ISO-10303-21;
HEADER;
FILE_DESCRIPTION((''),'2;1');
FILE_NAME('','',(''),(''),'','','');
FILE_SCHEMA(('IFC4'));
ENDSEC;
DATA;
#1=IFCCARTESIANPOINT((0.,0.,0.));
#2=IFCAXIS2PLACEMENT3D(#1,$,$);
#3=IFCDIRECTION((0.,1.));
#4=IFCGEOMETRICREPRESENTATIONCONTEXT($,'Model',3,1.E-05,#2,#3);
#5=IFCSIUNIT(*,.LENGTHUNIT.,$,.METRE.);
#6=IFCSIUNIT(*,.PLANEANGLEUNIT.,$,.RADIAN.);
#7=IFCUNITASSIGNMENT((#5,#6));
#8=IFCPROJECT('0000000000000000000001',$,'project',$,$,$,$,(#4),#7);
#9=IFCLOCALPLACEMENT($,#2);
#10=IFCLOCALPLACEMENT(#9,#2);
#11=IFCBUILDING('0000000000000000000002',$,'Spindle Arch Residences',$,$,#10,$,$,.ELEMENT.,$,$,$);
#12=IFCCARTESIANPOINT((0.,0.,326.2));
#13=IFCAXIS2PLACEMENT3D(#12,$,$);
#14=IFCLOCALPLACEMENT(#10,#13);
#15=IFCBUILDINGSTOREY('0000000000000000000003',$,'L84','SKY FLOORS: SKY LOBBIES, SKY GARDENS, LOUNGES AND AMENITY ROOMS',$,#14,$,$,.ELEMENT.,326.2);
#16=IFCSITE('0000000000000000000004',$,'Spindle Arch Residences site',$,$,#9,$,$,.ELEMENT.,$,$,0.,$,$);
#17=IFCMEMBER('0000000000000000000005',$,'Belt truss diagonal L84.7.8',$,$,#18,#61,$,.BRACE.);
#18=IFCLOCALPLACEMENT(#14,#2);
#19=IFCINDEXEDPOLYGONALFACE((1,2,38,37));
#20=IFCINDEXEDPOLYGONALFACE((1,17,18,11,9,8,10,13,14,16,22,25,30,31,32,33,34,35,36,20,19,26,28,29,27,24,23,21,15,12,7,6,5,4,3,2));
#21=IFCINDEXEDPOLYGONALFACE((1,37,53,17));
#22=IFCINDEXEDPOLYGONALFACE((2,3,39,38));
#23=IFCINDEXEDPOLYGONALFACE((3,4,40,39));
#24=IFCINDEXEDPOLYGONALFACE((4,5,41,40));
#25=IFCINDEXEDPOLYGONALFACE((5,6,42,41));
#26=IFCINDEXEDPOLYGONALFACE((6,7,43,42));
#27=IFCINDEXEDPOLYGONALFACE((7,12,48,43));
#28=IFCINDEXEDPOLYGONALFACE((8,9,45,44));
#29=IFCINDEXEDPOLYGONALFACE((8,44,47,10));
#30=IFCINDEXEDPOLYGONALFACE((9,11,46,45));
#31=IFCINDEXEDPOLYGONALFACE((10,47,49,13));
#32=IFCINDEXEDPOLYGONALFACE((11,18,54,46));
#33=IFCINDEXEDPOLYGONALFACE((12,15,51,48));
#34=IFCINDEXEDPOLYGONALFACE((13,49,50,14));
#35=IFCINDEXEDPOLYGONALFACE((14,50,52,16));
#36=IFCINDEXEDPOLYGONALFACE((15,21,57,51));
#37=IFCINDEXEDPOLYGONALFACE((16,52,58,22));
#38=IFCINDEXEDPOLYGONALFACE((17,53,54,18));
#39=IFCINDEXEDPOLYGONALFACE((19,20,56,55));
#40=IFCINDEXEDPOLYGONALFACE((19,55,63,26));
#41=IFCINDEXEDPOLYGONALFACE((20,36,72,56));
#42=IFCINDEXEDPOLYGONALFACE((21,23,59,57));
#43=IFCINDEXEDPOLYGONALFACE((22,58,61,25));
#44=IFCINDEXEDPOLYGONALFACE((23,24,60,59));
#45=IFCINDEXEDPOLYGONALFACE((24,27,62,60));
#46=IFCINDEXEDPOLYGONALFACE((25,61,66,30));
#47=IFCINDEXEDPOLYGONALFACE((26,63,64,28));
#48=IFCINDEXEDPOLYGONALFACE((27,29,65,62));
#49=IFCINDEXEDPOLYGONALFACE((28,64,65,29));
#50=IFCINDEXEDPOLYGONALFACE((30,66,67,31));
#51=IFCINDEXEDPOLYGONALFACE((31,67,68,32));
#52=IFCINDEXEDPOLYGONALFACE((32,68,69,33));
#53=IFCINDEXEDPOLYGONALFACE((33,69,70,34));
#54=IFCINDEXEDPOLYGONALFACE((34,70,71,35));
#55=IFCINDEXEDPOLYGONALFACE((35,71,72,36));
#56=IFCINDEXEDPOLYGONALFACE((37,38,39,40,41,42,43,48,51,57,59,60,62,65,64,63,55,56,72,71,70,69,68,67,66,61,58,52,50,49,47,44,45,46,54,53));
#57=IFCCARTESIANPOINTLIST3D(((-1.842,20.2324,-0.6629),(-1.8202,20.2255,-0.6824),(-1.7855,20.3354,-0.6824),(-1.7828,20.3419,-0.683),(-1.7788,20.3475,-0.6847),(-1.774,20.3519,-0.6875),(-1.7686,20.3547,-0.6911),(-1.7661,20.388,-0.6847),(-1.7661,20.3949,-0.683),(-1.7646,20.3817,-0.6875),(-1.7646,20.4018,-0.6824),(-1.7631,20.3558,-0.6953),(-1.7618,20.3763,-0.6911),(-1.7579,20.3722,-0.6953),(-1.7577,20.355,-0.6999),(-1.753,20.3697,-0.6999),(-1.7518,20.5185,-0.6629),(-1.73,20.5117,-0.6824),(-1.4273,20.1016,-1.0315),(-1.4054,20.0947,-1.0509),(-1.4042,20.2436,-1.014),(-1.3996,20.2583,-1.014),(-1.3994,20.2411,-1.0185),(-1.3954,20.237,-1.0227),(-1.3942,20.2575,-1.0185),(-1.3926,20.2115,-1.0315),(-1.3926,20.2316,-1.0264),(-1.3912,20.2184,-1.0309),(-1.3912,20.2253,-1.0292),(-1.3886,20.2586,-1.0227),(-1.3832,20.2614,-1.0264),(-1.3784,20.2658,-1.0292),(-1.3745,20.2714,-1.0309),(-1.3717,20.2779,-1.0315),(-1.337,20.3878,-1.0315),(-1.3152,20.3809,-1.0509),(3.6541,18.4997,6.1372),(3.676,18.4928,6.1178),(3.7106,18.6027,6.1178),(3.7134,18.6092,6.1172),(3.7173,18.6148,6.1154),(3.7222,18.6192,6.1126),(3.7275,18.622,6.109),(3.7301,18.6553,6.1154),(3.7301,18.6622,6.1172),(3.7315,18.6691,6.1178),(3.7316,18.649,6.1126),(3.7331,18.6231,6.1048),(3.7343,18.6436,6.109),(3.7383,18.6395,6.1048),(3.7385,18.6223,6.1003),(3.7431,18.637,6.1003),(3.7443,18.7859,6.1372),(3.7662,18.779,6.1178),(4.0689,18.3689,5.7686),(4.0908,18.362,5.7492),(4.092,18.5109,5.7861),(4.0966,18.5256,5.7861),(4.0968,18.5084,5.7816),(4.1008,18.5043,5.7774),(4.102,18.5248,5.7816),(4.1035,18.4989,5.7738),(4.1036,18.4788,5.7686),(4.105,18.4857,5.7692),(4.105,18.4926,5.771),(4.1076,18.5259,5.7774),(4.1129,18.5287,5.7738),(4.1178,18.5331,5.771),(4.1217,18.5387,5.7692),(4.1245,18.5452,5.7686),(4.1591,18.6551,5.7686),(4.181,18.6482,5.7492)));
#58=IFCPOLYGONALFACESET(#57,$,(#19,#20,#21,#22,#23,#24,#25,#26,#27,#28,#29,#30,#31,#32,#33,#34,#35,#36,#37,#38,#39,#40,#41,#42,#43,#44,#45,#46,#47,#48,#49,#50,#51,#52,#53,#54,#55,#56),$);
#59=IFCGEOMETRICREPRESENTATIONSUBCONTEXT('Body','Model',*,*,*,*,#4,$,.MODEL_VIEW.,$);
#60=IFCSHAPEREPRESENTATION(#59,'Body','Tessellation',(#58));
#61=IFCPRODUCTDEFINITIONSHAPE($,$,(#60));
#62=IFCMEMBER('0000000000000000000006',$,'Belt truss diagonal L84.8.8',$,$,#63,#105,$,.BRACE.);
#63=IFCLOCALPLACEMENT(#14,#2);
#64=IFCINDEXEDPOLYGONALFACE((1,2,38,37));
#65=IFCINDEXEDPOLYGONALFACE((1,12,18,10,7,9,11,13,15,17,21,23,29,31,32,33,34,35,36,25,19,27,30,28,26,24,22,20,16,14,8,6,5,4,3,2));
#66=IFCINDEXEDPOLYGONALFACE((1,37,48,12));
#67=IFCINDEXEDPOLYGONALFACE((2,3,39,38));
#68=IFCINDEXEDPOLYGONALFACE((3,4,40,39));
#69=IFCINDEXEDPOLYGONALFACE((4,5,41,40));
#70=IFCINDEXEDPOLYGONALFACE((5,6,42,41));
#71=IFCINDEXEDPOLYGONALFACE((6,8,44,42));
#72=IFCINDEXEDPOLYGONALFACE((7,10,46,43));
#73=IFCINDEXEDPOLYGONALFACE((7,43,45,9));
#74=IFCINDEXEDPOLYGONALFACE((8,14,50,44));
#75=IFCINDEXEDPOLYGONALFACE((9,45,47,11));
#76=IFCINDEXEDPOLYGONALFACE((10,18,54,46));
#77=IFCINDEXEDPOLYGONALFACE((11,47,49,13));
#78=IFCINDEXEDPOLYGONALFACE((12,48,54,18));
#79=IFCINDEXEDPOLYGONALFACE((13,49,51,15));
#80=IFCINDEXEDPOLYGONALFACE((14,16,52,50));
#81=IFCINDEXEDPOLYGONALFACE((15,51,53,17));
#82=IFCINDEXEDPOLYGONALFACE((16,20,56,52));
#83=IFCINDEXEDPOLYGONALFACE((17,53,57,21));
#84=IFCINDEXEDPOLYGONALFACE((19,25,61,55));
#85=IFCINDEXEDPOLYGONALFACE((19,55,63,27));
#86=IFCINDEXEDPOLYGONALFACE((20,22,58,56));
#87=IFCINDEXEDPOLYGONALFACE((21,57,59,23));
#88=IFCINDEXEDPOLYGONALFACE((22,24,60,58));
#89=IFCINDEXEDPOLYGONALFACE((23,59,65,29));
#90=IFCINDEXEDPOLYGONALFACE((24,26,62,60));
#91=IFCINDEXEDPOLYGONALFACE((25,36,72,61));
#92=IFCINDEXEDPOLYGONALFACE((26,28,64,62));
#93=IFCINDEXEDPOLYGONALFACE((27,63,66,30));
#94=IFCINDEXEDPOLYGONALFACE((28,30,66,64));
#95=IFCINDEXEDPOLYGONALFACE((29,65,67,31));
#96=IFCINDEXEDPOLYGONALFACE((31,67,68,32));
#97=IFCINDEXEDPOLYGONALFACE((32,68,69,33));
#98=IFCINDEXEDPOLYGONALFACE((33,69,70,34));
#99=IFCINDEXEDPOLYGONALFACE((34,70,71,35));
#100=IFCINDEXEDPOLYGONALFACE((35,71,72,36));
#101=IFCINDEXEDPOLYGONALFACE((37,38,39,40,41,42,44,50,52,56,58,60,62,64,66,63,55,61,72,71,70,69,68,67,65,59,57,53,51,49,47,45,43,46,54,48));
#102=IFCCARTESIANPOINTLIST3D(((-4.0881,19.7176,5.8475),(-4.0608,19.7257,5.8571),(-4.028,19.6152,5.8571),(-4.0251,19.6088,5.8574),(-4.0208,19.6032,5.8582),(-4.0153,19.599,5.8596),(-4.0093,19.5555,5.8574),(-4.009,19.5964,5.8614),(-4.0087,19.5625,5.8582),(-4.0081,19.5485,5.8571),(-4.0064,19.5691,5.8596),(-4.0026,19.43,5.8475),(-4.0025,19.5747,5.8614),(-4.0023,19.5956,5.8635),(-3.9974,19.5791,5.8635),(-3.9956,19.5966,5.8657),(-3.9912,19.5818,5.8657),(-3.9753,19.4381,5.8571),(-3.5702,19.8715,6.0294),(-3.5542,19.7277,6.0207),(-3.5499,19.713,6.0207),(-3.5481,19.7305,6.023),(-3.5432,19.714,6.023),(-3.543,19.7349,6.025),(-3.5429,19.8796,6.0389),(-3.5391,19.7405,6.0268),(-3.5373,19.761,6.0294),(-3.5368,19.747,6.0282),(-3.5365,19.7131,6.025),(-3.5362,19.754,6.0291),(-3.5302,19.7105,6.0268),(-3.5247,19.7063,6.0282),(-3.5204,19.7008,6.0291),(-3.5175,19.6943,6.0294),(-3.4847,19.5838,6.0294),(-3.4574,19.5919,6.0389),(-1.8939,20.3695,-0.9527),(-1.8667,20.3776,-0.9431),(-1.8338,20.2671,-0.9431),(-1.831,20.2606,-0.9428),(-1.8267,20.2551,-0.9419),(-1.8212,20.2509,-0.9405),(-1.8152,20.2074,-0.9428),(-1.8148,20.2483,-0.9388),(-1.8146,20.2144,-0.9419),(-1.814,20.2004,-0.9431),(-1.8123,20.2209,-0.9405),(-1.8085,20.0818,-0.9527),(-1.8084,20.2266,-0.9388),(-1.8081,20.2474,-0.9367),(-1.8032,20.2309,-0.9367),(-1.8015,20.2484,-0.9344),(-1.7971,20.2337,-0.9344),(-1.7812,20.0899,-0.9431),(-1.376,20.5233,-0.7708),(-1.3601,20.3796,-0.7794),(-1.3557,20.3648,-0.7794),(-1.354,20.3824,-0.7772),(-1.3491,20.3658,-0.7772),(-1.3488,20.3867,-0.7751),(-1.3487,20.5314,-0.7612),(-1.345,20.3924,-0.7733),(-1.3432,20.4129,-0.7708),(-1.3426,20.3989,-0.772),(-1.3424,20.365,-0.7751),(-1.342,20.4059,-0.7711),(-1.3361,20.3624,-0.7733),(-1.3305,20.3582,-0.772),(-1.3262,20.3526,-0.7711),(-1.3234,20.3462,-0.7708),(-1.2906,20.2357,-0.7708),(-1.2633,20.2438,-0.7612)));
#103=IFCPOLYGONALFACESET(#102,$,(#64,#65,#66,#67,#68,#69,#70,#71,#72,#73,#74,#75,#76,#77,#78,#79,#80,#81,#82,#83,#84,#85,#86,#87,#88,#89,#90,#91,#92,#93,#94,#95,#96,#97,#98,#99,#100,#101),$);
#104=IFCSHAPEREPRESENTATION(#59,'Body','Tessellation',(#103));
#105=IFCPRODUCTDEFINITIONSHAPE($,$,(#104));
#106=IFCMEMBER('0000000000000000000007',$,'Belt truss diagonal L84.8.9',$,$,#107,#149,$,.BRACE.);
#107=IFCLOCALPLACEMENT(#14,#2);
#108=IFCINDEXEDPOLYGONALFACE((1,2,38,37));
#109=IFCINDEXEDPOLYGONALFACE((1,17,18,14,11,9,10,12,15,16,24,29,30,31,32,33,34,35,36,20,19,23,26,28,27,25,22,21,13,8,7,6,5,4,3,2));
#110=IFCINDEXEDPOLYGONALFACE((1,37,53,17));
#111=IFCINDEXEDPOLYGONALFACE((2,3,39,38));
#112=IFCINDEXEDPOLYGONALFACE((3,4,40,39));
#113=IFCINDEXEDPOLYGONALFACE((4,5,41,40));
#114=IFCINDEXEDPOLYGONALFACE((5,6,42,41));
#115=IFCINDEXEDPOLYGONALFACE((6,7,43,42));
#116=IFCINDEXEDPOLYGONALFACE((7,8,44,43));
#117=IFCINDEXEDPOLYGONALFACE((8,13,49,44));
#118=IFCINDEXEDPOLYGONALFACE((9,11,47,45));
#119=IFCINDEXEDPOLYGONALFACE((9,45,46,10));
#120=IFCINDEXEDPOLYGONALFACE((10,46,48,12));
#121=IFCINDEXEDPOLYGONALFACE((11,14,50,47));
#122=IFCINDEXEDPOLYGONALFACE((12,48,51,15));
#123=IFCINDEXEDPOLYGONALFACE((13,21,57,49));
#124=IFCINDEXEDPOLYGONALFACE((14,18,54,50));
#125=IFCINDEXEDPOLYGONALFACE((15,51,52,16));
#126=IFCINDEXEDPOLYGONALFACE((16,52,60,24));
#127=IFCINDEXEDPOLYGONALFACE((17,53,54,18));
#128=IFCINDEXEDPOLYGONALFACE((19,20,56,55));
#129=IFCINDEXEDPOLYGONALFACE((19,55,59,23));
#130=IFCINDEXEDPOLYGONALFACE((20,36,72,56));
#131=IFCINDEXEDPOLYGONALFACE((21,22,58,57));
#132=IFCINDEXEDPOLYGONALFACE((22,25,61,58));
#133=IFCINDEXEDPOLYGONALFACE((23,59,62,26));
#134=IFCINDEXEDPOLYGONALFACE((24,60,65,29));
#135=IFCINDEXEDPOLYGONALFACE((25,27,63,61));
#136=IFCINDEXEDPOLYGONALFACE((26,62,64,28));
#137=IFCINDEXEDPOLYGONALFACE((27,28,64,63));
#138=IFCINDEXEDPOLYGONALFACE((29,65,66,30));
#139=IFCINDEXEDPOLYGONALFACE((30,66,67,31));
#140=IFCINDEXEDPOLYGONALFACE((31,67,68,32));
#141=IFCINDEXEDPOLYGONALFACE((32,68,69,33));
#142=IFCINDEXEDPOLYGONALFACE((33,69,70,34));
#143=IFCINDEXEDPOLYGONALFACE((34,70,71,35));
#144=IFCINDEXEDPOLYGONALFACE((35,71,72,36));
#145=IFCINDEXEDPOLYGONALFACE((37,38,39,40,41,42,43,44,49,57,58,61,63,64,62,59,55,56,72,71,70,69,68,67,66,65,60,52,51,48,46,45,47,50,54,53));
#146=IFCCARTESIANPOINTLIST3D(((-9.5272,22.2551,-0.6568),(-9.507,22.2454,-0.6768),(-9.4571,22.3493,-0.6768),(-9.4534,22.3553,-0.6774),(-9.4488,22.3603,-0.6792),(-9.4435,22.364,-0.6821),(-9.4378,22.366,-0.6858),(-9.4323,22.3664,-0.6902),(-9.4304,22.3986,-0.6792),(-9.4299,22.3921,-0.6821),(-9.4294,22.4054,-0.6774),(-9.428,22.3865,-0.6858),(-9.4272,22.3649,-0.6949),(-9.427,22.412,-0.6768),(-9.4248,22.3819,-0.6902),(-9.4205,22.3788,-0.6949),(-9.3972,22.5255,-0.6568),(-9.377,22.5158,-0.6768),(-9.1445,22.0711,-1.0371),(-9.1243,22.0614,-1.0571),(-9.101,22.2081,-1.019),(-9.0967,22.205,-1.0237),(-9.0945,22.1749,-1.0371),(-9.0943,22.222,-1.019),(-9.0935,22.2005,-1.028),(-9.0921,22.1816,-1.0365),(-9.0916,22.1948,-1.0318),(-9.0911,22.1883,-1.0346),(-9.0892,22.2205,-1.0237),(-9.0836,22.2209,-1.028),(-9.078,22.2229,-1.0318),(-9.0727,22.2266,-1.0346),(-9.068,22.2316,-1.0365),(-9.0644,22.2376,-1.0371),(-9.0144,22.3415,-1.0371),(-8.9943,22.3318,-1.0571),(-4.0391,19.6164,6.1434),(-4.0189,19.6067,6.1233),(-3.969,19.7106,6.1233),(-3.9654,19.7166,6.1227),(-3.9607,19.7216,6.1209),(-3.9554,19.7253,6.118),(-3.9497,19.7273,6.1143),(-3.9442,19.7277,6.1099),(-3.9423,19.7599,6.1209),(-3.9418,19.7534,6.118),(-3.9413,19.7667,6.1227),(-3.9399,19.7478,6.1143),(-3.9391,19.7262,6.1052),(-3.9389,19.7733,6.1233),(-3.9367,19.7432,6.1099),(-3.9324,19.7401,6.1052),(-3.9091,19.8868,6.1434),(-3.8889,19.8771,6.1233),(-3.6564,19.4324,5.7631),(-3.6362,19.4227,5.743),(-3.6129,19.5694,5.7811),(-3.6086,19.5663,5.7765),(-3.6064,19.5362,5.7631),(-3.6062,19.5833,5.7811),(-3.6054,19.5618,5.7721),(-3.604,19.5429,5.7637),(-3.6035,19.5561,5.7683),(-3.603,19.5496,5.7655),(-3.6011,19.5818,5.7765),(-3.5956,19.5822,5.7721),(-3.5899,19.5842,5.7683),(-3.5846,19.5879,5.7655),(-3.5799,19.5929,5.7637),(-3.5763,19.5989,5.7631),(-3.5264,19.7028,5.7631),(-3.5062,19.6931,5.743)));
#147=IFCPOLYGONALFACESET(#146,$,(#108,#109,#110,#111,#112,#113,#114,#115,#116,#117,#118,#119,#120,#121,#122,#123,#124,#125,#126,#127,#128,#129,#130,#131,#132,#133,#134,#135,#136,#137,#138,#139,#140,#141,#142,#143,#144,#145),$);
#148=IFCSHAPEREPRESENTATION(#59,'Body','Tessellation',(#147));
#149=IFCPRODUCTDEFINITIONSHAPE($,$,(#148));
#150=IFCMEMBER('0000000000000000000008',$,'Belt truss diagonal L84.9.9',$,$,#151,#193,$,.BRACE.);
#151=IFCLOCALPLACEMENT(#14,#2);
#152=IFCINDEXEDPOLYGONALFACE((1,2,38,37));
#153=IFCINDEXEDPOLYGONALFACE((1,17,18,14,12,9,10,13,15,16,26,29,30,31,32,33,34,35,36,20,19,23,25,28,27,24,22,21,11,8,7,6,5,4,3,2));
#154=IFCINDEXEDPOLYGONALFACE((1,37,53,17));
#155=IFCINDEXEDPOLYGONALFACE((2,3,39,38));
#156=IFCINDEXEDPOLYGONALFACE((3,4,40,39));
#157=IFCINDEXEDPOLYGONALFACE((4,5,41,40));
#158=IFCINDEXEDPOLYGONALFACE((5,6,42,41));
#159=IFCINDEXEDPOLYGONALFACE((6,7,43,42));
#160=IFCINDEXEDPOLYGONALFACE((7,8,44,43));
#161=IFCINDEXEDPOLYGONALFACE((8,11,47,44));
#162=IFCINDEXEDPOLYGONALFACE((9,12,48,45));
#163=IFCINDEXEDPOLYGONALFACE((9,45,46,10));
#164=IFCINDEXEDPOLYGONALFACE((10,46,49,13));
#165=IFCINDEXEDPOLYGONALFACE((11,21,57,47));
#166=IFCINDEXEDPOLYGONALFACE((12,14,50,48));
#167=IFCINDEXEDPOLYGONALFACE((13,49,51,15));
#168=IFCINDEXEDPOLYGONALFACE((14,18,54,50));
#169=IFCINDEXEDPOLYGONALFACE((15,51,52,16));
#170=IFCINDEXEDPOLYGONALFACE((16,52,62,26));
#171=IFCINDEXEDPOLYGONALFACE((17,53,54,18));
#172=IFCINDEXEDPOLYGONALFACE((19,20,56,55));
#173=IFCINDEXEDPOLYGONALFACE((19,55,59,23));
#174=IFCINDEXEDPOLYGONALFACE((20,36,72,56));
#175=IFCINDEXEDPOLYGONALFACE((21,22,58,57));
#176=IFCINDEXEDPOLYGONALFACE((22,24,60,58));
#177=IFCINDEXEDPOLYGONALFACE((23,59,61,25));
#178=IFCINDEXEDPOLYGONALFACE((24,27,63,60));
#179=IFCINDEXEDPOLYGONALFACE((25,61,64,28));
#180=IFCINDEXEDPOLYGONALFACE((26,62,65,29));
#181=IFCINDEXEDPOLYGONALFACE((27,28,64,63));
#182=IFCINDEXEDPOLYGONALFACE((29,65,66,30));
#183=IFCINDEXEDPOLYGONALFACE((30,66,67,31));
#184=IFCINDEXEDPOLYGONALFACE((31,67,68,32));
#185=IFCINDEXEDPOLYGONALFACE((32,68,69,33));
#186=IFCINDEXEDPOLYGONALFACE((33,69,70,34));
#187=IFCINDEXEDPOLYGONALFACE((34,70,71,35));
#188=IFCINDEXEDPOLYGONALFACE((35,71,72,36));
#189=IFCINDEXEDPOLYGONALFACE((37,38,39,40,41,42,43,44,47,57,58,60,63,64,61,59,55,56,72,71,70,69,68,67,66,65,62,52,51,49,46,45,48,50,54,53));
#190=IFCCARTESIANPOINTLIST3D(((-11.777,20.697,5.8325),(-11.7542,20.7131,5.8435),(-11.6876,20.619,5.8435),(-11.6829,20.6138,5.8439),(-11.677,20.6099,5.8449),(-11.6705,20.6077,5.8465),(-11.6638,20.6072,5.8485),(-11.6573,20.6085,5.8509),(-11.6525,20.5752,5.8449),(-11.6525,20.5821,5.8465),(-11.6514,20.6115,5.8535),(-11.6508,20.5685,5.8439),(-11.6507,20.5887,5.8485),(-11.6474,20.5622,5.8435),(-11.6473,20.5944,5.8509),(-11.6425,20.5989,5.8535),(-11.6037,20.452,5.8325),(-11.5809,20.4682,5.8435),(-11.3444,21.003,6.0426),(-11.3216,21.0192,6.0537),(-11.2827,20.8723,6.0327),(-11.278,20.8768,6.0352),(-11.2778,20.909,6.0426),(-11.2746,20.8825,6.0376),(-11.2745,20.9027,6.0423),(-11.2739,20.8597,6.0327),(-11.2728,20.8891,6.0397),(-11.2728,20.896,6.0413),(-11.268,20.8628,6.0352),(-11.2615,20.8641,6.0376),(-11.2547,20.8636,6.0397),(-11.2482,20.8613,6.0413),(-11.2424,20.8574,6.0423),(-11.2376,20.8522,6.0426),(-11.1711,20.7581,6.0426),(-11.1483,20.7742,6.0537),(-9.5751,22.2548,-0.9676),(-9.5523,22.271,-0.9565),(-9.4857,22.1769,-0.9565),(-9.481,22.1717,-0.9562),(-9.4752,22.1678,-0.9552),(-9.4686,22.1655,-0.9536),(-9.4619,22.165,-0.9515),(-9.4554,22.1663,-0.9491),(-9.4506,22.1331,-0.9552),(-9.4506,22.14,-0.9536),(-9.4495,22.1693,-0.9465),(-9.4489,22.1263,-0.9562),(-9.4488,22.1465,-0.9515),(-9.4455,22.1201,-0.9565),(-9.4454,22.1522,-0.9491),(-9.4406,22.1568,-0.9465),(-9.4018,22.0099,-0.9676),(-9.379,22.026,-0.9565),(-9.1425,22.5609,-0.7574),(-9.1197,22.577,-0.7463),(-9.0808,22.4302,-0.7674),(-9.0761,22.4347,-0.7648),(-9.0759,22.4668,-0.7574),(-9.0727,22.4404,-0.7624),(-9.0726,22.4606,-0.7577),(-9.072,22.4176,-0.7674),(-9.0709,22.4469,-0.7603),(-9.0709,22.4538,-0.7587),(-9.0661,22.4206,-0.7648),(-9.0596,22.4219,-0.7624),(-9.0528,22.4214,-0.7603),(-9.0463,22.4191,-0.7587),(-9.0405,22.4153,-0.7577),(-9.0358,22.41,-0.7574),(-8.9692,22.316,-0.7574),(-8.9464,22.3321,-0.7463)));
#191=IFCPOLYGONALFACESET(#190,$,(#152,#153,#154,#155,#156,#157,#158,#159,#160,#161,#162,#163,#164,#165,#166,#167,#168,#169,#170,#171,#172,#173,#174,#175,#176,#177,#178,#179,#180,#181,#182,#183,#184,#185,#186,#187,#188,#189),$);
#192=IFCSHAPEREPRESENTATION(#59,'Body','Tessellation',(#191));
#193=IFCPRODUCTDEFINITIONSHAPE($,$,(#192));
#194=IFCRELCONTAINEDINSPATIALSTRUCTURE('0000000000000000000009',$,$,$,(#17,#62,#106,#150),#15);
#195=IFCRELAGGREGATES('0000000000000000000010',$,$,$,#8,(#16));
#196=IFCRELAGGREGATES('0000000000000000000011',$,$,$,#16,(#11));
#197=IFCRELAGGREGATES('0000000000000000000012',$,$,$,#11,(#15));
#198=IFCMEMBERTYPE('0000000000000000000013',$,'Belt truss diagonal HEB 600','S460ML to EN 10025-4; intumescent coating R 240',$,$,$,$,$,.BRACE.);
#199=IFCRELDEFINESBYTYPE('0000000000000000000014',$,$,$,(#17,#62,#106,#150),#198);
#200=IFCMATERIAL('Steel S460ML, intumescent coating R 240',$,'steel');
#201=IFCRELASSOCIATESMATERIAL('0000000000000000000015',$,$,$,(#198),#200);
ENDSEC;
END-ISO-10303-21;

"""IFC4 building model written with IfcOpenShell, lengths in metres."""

from ifc_helpers import new_model, si_unit, direction, frame, origin, origin_2d, place, context, subcontext, project, spatial, i_section, extrude, material, material_profile, profile_set, type_object, element, save


model = new_model("IFC4")

# Units and contexts
model_context = context("Model", 3, precision=1e-05, world=origin(), true_north=direction((0.0, 1.0)))
body_context = subcontext(model_context, "Body", "Model", "MODEL_VIEW")
ifc_project = project(units=[si_unit("LENGTHUNIT", "METRE"), si_unit("PLANEANGLEUNIT", "RADIAN")], contexts=[model_context])

# Site, building, storey
site_placement = place(None, origin())
site = spatial("IfcSite", under=ifc_project, at=site_placement, Name="Spindle Arch Residences site", CompositionType="ELEMENT", RefElevation=0.0)
building_placement = place(site_placement, origin())
building = spatial("IfcBuilding", under=site, at=building_placement, Name="Spindle Arch Residences", CompositionType="ELEMENT")
storey_placement = place(building_placement, frame((0.0, 0.0, 326.2)))
storey = spatial("IfcBuildingStorey", under=building, at=storey_placement, Name="L84", Description="SKY FLOORS: SKY LOBBIES, SKY GARDENS, LOUNGES AND AMENITY ROOMS", CompositionType="ELEMENT", Elevation=326.2)

# Members
ifc_material_1 = material(Name="Steel S460ML, intumescent coating R 240", Category="steel")
ifc_material_profile_1 = material_profile(ifc_material_1, i_section(OverallWidth=0.3, OverallDepth=0.6001, WebThickness=0.0154, FlangeThickness=0.03, FilletRadius=0.0271, at=origin_2d()), Name="HEB 600")
ifc_profile_set_1 = profile_set([ifc_material_profile_1], Name="Steel S460ML, intumescent coating R 240")
member_type_1 = type_object("IfcMemberType", Name="Belt truss diagonal HEB 600", Description="S460ML to EN 10025-4; intumescent coating R 240", PredefinedType="BRACE", material=ifc_profile_set_1)
member_1_placement = place(storey_placement, frame((-1.5786, 20.3066, -0.8569), z_axis=(0.616606, -0.194388, 0.762896), x_axis=(0.300667, 0.953729, 0.0)))
element("IfcMember", 1, at=member_1_placement, inside=storey, type_object=member_type_1, Name="Belt truss diagonal L84.7.8", PredefinedType="BRACE", context=body_context, shape_type="SweptSolid", body=[
    extrude(i_section(OverallWidth=0.3, OverallDepth=0.6001, WebThickness=0.0154, FlangeThickness=0.03, FilletRadius=0.0271, at=origin_2d()), origin(), (0.0, 0.0, 1.0), 8.9136),
])
member_2_placement = place(storey_placement, frame((-1.5786, 20.3066, -0.8569), z_axis=(-0.3058, -0.090852, 0.947751), x_axis=(0.284793, -0.958589, 0.0)))
element("IfcMember", 2, at=member_2_placement, inside=storey, type_object=member_type_1, Name="Belt truss diagonal L84.8.8", PredefinedType="BRACE", context=body_context, shape_type="SweptSolid", body=[
    extrude(i_section(OverallWidth=0.3, OverallDepth=0.6001, WebThickness=0.0154, FlangeThickness=0.03, FilletRadius=0.0271, at=origin_2d()), origin(), (0.0, 0.0, 1.0), 7.175),
])
member_3_placement = place(storey_placement, frame((-9.2607, 22.2935, -0.8569), z_axis=(0.601226, -0.289072, 0.74496), x_axis=(0.43332, 0.90124, 0.0)))
element("IfcMember", 3, at=member_3_placement, inside=storey, type_object=member_type_1, Name="Belt truss diagonal L84.8.9", PredefinedType="BRACE", context=body_context, shape_type="SweptSolid", body=[
    extrude(i_section(OverallWidth=0.3, OverallDepth=0.6001, WebThickness=0.0154, FlangeThickness=0.03, FilletRadius=0.0271, at=origin_2d()), origin(), (0.0, 0.0, 1.0), 9.1282),
])
member_4_placement = place(storey_placement, frame((-9.2607, 22.2935, -0.8569), z_axis=(-0.300993, -0.212955, 0.929545), x_axis=(0.577568, -0.816343, 0.0)))
element("IfcMember", 4, at=member_4_placement, inside=storey, type_object=member_type_1, Name="Belt truss diagonal L84.9.9", PredefinedType="BRACE", context=body_context, shape_type="SweptSolid", body=[
    extrude(i_section(OverallWidth=0.3, OverallDepth=0.6001, WebThickness=0.0154, FlangeThickness=0.03, FilletRadius=0.0271, at=origin_2d()), origin(), (0.0, 0.0, 1.0), 7.3154),
])

save(model, "model.ifc")
